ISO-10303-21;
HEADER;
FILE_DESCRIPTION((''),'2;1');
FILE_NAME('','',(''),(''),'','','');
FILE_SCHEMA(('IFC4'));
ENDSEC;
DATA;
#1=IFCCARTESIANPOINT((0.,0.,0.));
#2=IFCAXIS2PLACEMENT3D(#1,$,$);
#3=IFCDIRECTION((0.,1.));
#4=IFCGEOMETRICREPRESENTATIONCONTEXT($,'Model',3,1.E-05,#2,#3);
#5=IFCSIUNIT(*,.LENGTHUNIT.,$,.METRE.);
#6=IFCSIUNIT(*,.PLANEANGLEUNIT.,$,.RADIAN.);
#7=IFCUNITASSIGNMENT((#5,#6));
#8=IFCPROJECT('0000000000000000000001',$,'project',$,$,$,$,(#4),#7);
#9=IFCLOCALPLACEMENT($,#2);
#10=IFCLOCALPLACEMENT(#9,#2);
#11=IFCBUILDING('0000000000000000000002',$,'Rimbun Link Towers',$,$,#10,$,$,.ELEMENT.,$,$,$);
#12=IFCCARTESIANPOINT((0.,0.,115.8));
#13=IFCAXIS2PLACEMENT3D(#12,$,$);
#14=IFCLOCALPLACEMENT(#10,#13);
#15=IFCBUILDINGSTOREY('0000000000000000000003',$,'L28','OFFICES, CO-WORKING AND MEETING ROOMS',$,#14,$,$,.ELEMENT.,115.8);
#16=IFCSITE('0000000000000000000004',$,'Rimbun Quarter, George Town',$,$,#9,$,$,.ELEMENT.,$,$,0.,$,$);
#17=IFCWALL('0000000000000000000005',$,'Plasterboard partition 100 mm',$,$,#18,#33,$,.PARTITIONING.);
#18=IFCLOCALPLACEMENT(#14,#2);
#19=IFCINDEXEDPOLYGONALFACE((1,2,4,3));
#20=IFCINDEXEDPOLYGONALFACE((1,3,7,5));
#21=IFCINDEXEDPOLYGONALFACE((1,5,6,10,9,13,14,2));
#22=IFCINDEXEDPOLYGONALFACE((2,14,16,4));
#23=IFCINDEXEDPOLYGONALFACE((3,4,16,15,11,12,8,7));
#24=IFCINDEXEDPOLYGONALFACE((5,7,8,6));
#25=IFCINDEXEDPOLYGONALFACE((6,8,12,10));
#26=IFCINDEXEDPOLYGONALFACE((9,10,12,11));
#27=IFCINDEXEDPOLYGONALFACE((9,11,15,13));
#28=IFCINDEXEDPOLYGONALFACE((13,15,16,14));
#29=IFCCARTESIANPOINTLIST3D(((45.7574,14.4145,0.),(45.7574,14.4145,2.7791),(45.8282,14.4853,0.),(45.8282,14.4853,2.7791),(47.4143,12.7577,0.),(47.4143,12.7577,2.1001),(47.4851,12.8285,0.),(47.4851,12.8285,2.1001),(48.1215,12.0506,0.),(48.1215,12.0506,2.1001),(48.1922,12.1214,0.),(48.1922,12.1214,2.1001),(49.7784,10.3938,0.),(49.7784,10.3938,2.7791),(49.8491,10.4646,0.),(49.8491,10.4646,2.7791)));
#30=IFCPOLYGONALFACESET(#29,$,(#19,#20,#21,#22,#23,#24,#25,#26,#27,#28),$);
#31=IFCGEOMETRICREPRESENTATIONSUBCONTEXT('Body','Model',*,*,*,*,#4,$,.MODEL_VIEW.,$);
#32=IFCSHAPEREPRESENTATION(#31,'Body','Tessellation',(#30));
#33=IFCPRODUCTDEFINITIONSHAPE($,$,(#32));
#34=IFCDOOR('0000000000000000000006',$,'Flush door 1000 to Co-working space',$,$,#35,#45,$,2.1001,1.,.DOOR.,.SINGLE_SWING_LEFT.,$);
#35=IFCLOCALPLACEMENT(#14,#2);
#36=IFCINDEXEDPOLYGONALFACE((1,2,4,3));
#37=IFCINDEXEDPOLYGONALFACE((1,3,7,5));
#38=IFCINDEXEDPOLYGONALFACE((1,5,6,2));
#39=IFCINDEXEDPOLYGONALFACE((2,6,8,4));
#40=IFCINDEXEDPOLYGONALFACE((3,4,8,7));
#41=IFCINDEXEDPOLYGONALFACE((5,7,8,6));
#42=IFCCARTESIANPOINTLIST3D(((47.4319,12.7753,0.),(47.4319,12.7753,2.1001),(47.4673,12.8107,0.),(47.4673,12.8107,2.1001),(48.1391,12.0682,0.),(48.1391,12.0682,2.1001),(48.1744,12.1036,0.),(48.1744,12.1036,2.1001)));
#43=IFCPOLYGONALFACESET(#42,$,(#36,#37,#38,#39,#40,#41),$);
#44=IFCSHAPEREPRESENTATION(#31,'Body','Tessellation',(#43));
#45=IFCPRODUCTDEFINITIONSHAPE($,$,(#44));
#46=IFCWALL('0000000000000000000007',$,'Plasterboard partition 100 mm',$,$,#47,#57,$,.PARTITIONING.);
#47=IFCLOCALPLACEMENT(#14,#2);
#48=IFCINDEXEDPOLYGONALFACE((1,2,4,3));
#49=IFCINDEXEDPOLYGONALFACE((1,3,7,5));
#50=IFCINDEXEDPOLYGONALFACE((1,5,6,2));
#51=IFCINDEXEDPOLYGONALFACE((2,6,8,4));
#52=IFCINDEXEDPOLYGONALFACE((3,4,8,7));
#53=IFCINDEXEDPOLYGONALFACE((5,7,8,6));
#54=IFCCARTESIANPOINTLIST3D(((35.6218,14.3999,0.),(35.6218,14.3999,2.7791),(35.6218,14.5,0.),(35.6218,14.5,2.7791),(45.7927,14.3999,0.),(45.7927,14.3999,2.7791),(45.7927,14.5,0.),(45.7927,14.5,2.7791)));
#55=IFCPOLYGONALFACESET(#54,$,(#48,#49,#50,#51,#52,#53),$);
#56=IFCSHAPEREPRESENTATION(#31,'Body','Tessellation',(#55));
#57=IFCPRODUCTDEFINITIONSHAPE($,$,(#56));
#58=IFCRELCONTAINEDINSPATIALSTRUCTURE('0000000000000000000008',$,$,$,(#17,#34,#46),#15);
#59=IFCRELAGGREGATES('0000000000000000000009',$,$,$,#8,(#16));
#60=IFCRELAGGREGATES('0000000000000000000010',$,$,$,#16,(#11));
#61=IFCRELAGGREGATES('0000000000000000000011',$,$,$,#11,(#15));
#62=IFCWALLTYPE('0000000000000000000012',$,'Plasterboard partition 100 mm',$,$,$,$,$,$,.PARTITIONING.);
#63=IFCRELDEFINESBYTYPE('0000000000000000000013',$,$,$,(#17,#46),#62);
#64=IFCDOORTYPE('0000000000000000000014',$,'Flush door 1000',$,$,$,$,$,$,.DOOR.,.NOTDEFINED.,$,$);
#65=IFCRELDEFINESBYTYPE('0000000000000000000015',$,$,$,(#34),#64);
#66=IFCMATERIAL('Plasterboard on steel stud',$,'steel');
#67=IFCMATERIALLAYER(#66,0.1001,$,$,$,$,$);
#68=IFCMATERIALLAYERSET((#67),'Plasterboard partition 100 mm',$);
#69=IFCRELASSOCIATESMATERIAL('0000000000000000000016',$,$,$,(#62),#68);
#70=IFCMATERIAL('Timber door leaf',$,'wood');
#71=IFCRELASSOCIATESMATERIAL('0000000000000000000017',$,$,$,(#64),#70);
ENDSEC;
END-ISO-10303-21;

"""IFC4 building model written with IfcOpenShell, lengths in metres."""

from ifc_helpers import new_model, si_unit, direction, frame, frame_2d, origin, place, context, subcontext, project, spatial, rectangle, extrude, material, layer, layer_set, type_object, element, fill, save


model = new_model("IFC4")

# Units and contexts
model_context = context("Model", 3, precision=1e-05, world=origin(), true_north=direction((0.0, 1.0)))
body_context = subcontext(model_context, "Body", "Model", "MODEL_VIEW")
ifc_project = project(units=[si_unit("LENGTHUNIT", "METRE"), si_unit("PLANEANGLEUNIT", "RADIAN")], contexts=[model_context])

# Site, building, storey
site_placement = place(None, origin())
site = spatial("IfcSite", under=ifc_project, at=site_placement, Name="Rimbun Quarter, George Town", CompositionType="ELEMENT", RefElevation=0.0)
building_placement = place(site_placement, origin())
building = spatial("IfcBuilding", under=site, at=building_placement, Name="Rimbun Link Towers", CompositionType="ELEMENT")
storey_placement = place(building_placement, frame((0.0, 0.0, 115.8)))
storey = spatial("IfcBuildingStorey", under=building, at=storey_placement, Name="L28", Description="OFFICES, CO-WORKING AND MEETING ROOMS", CompositionType="ELEMENT", Elevation=115.8)

# Wall, opening, door
ifc_material_1 = material(Name="Plasterboard on steel stud", Category="steel")
ifc_layer_1 = layer(ifc_material_1, 0.1001)
ifc_layer_set_1 = layer_set([ifc_layer_1], Name="Plasterboard partition 100 mm")
wall_type = type_object("IfcWallType", Name="Plasterboard partition 100 mm", PredefinedType="PARTITIONING", material=ifc_layer_set_1)
wall_1_placement = place(storey_placement, frame((45.7927, 14.45, 0.0), z_axis=(0.0, 0.0, 1.0), x_axis=(0.707128, -0.707085, 0.0)))
wall_1 = element("IfcWall", 1, at=wall_1_placement, inside=storey, type_object=wall_type, Name="Plasterboard partition 100 mm", PredefinedType="PARTITIONING", context=body_context, shape_type="SweptSolid", body=[
    extrude(rectangle(XDim=5.6863, YDim=0.1001, at=frame_2d((2.8433, 0.0))), origin(), (0.0, 0.0, 1.0), 2.7791),
])
opening_placement = place(wall_1_placement, frame((2.3433, 0.0, 0.0)))
opening = element("IfcOpeningElement", 2, at=opening_placement, cuts=wall_1, PredefinedType="OPENING", context=body_context, shape_type="SweptSolid", body=[
    extrude(rectangle(XDim=1.0, YDim=2.1001, at=frame_2d((0.5, 1.05))), frame((0.0, 0.0601, 0.0), z_axis=(0.0, -1.0, 0.0), x_axis=(1.0, 0.0, 0.0)), (0.0, 0.0, 1.0), 0.1201),
])
ifc_material_2 = material(Name="Timber door leaf", Category="wood")
door_type = type_object("IfcDoorType", Name="Flush door 1000", OperationType="NOTDEFINED", PredefinedType="DOOR", material=ifc_material_2)
door_placement = place(opening_placement, origin())
door = element("IfcDoor", 3, at=door_placement, inside=storey, type_object=door_type, Name="Flush door 1000 to Co-working space", OperationType="SINGLE_SWING_LEFT", OverallHeight=2.1001, OverallWidth=1.0, PredefinedType="DOOR", context=body_context, shape_type="SweptSolid", body=[
    extrude(rectangle(XDim=1.0, YDim=2.1001, at=frame_2d((0.5, 1.05))), frame((0.0, 0.0249, 0.0), z_axis=(0.0, -1.0, 0.0), x_axis=(1.0, 0.0, 0.0)), (0.0, 0.0, 1.0), 0.05),
])
fill(opening, door)

# Wall
wall_2_placement = place(storey_placement, frame((45.7927, 14.45, 0.0), z_axis=(0.0, 0.0, 1.0), x_axis=(-1.0, 0.0, 0.0)))
element("IfcWall", 4, at=wall_2_placement, inside=storey, type_object=wall_type, Name="Plasterboard partition 100 mm", PredefinedType="PARTITIONING", context=body_context, shape_type="SweptSolid", body=[
    extrude(rectangle(XDim=10.1709, YDim=0.1001, at=frame_2d((5.0854, 0.0))), origin(), (0.0, 0.0, 1.0), 2.7791),
])

save(model, "model.ifc")
